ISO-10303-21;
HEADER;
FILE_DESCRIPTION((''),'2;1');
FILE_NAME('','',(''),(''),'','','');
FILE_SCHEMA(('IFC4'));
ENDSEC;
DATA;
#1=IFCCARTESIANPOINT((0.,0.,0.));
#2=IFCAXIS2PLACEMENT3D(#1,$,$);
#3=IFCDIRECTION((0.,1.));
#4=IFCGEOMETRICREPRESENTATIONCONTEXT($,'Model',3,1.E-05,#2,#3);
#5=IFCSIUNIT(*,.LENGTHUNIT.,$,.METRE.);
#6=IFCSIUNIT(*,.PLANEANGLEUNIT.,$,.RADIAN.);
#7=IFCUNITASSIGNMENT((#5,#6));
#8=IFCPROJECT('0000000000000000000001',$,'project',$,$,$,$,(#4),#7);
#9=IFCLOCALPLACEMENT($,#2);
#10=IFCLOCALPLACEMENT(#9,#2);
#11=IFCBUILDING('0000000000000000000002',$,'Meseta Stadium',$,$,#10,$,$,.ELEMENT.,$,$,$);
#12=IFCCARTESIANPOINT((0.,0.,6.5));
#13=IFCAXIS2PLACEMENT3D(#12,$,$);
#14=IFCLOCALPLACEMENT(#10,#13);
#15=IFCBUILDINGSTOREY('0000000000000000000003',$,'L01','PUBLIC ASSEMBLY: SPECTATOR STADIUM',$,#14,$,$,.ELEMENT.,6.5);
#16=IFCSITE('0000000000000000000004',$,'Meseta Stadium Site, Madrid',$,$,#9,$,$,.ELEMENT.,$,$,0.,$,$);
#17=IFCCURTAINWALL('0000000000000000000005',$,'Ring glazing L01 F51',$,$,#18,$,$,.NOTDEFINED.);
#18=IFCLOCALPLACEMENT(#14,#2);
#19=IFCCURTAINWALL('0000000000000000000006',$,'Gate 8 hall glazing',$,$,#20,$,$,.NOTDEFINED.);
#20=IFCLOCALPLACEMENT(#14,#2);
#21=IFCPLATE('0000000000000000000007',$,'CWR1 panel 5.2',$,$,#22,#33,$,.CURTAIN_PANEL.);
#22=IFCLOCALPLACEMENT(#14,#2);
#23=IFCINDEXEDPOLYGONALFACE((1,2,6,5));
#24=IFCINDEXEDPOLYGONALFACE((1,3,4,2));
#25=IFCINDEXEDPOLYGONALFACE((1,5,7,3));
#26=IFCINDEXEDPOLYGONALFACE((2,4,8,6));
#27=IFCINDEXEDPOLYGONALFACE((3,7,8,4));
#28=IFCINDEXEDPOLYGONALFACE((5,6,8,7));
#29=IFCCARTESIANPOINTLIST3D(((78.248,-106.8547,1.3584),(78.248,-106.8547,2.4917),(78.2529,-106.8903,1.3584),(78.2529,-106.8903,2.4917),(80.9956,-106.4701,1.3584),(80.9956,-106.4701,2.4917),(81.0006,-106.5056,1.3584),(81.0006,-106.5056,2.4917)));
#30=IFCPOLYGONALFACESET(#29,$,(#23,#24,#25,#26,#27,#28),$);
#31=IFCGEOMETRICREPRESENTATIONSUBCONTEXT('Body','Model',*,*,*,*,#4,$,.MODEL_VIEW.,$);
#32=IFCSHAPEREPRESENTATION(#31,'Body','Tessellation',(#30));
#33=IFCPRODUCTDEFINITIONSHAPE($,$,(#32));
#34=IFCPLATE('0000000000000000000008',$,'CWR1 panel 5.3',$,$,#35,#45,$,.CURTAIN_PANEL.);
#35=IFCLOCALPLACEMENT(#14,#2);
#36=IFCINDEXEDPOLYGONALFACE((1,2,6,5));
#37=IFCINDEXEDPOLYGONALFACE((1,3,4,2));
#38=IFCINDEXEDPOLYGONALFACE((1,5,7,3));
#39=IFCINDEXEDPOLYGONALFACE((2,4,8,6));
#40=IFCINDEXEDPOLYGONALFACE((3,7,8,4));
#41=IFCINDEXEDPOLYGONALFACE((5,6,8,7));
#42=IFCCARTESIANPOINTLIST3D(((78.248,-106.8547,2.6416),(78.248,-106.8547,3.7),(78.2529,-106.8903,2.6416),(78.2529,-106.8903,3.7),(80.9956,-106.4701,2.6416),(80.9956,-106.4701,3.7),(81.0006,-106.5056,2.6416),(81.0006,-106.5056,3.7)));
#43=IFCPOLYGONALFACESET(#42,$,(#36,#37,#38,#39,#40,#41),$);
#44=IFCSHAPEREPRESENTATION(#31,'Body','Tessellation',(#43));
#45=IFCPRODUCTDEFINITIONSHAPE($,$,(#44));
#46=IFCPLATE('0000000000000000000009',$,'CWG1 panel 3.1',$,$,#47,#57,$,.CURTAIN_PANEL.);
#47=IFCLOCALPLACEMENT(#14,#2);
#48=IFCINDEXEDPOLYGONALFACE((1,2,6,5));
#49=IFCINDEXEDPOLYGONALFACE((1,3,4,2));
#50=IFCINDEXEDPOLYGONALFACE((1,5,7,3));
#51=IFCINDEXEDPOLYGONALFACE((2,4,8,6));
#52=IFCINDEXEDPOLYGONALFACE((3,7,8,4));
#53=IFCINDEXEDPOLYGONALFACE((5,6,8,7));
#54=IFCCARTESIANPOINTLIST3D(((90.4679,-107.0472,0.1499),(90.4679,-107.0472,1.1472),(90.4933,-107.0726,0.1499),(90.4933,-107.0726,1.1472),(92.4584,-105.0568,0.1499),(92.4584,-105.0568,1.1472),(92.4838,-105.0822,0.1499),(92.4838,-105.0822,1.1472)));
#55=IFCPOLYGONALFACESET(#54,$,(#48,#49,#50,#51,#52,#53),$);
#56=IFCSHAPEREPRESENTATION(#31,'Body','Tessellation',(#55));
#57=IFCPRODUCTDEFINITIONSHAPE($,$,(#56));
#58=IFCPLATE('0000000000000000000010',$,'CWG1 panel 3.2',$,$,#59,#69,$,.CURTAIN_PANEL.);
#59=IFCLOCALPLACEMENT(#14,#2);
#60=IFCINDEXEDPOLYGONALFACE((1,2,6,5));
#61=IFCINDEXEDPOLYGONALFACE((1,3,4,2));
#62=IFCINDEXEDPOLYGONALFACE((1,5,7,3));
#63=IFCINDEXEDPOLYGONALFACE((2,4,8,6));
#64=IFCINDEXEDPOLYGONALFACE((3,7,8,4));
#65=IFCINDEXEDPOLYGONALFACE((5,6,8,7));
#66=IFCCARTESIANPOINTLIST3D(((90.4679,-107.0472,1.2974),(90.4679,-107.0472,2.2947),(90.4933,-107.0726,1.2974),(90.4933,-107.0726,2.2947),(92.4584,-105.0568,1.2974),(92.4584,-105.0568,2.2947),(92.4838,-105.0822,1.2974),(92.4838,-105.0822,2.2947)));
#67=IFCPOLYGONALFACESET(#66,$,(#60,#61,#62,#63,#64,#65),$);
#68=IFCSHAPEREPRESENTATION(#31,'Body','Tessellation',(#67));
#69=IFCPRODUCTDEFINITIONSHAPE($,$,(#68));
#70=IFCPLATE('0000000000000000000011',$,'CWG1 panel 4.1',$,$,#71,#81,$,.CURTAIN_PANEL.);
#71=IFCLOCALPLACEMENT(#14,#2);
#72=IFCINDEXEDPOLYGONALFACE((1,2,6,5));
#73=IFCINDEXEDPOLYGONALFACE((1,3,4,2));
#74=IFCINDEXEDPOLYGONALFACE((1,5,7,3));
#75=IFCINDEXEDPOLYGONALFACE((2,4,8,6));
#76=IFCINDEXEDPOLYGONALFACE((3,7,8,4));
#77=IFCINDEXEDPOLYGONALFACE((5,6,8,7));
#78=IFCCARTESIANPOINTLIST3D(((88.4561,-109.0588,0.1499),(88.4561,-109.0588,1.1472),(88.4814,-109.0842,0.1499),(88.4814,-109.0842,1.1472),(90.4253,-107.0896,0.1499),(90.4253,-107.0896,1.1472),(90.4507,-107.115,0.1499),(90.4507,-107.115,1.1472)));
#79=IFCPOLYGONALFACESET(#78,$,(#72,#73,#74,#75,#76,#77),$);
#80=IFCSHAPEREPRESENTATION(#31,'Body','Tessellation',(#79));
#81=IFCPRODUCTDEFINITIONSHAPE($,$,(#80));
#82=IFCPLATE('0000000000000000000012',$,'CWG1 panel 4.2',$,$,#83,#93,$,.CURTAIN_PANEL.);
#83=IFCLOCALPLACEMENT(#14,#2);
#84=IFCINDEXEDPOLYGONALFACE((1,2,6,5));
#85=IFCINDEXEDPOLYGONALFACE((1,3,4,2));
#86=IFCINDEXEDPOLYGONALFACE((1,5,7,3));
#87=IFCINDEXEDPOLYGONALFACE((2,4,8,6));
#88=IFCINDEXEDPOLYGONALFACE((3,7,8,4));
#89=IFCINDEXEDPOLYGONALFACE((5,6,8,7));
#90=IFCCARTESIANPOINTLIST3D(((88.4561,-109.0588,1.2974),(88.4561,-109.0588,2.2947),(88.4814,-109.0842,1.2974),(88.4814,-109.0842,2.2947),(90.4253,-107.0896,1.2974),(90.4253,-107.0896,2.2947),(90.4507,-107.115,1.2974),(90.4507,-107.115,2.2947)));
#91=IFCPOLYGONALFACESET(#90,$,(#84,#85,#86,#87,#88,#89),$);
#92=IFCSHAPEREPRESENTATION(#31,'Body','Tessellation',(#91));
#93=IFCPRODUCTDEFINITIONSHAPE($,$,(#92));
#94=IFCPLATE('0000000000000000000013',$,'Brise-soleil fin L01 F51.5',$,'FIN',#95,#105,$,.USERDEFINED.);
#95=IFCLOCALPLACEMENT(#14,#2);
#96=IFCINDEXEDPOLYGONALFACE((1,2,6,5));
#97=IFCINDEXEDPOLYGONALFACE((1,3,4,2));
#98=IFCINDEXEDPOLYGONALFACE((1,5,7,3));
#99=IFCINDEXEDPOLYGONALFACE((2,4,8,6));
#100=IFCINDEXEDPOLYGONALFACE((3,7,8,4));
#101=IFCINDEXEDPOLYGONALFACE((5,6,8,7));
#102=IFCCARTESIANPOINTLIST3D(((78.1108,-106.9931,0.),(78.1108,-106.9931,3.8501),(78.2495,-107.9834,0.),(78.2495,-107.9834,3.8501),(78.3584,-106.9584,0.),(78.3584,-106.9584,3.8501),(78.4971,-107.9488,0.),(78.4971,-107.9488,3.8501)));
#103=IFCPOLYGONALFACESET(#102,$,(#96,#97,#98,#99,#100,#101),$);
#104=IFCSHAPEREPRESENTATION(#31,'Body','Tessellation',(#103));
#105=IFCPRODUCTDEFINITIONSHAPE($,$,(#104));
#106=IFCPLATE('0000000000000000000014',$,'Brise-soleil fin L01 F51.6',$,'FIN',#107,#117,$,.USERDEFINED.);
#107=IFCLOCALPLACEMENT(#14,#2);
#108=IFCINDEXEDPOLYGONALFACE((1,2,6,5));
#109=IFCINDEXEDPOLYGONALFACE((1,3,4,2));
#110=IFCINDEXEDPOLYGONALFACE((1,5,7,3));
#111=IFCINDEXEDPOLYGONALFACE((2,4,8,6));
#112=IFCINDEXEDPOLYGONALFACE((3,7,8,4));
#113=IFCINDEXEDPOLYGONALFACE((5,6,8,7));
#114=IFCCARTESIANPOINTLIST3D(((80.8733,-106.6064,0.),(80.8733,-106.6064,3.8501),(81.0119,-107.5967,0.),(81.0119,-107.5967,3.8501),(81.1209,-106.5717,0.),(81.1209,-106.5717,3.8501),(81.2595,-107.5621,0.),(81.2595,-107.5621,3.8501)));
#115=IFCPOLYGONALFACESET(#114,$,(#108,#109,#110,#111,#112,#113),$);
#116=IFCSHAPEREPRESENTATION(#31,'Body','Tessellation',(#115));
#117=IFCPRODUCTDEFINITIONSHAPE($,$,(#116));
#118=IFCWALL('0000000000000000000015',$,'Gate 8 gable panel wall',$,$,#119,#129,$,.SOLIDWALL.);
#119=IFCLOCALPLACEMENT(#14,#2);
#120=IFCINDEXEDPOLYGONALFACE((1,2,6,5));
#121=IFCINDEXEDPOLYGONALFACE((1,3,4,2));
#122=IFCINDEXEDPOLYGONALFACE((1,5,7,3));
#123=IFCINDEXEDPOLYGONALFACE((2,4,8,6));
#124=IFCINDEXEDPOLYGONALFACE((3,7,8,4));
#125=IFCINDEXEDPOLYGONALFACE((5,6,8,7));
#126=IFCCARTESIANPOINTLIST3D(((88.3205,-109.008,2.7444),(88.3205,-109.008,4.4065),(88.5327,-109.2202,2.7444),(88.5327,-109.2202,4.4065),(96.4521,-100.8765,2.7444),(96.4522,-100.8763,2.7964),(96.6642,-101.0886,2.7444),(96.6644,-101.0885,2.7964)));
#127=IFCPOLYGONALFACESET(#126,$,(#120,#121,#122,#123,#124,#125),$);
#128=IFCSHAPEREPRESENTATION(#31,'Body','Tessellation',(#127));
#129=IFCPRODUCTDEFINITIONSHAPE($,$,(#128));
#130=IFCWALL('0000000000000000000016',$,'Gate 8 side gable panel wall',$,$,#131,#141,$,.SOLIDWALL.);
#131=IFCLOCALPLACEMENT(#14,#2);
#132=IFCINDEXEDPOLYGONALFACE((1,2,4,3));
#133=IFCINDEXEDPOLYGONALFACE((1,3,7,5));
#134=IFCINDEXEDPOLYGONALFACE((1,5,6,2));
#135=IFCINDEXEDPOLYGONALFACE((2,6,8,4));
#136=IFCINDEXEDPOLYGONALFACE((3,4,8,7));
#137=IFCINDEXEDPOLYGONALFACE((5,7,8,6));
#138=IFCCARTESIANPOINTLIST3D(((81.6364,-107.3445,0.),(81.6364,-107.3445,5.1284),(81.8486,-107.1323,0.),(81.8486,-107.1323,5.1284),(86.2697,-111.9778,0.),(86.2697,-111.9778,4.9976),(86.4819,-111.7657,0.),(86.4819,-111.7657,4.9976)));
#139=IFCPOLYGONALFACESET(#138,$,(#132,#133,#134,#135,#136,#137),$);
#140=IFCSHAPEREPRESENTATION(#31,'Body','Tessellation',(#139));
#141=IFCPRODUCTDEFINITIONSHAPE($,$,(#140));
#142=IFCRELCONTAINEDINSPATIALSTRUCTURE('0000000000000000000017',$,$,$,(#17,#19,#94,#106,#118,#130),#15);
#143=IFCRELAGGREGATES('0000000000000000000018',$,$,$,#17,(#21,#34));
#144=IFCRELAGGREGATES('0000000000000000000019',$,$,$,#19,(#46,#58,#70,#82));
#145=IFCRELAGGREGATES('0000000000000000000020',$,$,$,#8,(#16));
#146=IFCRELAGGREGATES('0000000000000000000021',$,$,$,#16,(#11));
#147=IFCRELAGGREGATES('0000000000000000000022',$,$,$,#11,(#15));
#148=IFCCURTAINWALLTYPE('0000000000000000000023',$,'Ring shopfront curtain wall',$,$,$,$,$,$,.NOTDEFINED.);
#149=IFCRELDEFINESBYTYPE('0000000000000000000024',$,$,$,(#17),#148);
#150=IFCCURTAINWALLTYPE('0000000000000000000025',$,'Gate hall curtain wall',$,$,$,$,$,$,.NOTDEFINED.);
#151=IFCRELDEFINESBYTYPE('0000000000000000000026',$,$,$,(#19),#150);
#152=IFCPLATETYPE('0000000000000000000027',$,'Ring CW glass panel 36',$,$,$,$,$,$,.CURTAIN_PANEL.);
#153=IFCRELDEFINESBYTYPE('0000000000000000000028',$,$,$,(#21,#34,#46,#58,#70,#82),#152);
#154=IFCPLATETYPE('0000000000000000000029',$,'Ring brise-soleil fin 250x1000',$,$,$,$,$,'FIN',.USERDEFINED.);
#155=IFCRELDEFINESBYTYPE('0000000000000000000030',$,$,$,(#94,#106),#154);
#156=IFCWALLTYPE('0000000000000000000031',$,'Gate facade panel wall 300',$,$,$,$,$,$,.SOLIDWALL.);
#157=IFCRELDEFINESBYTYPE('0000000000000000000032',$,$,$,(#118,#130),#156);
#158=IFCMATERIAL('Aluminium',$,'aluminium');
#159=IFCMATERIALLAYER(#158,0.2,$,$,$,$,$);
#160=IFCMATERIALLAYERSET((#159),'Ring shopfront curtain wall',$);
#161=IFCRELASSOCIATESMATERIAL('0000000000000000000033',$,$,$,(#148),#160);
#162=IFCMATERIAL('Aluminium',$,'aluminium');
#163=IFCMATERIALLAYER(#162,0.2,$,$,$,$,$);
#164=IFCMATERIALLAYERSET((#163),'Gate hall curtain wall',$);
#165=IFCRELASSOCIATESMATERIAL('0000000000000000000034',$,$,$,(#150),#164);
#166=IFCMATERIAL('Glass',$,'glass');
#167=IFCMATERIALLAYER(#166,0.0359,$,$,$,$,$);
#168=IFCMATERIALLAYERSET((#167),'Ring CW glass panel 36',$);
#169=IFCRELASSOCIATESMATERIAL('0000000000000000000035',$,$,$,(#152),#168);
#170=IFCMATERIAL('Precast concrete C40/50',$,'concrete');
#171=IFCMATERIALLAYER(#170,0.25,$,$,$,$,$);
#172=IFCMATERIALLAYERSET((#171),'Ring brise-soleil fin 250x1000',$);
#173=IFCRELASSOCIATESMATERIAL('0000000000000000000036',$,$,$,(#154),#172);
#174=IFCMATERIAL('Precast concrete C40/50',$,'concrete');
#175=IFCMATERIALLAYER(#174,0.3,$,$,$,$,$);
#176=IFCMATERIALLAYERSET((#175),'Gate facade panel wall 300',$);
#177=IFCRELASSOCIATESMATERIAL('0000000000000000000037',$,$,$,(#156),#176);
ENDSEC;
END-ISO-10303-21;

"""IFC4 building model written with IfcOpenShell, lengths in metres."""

from ifc_helpers import new_model, si_unit, direction, frame, origin, origin_2d, place, context, subcontext, project, spatial, polyline, rectangle, outline, extrude, material, layer, layer_set, type_object, element, aggregate, save


model = new_model("IFC4")

# Units and contexts
model_context = context("Model", 3, precision=1e-05, world=origin(), true_north=direction((0.0, 1.0)))
body_context = subcontext(model_context, "Body", "Model", "MODEL_VIEW")
ifc_project = project(units=[si_unit("LENGTHUNIT", "METRE"), si_unit("PLANEANGLEUNIT", "RADIAN")], contexts=[model_context])

# Site, building, storey
site_placement = place(None, origin())
site = spatial("IfcSite", under=ifc_project, at=site_placement, Name="Meseta Stadium Site, Madrid", CompositionType="ELEMENT", RefElevation=0.0)
building_placement = place(site_placement, origin())
building = spatial("IfcBuilding", under=site, at=building_placement, Name="Meseta Stadium", CompositionType="ELEMENT")
storey_placement = place(building_placement, frame((0.0, 0.0, 6.5)))
storey = spatial("IfcBuildingStorey", under=building, at=storey_placement, Name="L01", Description="PUBLIC ASSEMBLY: SPECTATOR STADIUM", CompositionType="ELEMENT", Elevation=6.5)

# Curtain walls
ifc_material_1 = material(Name="Aluminium", Category="aluminium")
ifc_layer_1 = layer(ifc_material_1, 0.2)
ifc_layer_set_1 = layer_set([ifc_layer_1], Name="Ring shopfront curtain wall")
curtain_wall_type_1 = type_object("IfcCurtainWallType", Name="Ring shopfront curtain wall", PredefinedType="NOTDEFINED", material=ifc_layer_set_1)
curtain_wall_1_placement = place(storey_placement, origin())
curtain_wall_1 = element("IfcCurtainWall", 1, at=curtain_wall_1_placement, inside=storey, type_object=curtain_wall_type_1, Name="Ring glazing L01 F51", PredefinedType="NOTDEFINED")
ifc_material_2 = material(Name="Aluminium", Category="aluminium")
ifc_layer_2 = layer(ifc_material_2, 0.2)
ifc_layer_set_2 = layer_set([ifc_layer_2], Name="Gate hall curtain wall")
curtain_wall_type_2 = type_object("IfcCurtainWallType", Name="Gate hall curtain wall", PredefinedType="NOTDEFINED", material=ifc_layer_set_2)
curtain_wall_2_placement = place(storey_placement, origin())
curtain_wall_2 = element("IfcCurtainWall", 2, at=curtain_wall_2_placement, inside=storey, type_object=curtain_wall_type_2, Name="Gate 8 hall glazing", PredefinedType="NOTDEFINED")

# Plates
ifc_material_3 = material(Name="Glass", Category="glass")
ifc_layer_3 = layer(ifc_material_3, 0.0359)
ifc_layer_set_3 = layer_set([ifc_layer_3], Name="Ring CW glass panel 36")
plate_type_1 = type_object("IfcPlateType", Name="Ring CW glass panel 36", PredefinedType="CURTAIN_PANEL", material=ifc_layer_set_3)
plate_1_placement = place(storey_placement, frame((79.6243, -106.6802, 1.3584), z_axis=(0.0, 0.0, 1.0), x_axis=(0.990342, 0.138643, 0.0)))
plate_1 = element("IfcPlate", 3, at=plate_1_placement, type_object=plate_type_1, Name="CWR1 panel 5.2", PredefinedType="CURTAIN_PANEL", context=body_context, shape_type="SweptSolid", body=[
    extrude(rectangle(XDim=2.7744, YDim=0.0359, at=origin_2d()), origin(), (0.0, 0.0, 1.0), 1.1333),
])
plate_2_placement = place(storey_placement, frame((79.6243, -106.6802, 2.6416), z_axis=(0.0, 0.0, 1.0), x_axis=(0.990342, 0.138643, 0.0)))
plate_2 = element("IfcPlate", 4, at=plate_2_placement, type_object=plate_type_1, Name="CWR1 panel 5.3", PredefinedType="CURTAIN_PANEL", context=body_context, shape_type="SweptSolid", body=[
    extrude(rectangle(XDim=2.7744, YDim=0.0359, at=origin_2d()), origin(), (0.0, 0.0, 1.0), 1.0583),
])
aggregate(curtain_wall_1, [plate_1, plate_2])
plate_3_placement = place(storey_placement, frame((91.4758, -106.0647, 0.1499), z_axis=(0.0, 0.0, 1.0), x_axis=(-0.707107, -0.707107, 0.0)))
plate_3 = element("IfcPlate", 5, at=plate_3_placement, type_object=plate_type_1, Name="CWG1 panel 3.1", PredefinedType="CURTAIN_PANEL", context=body_context, shape_type="SweptSolid", body=[
    extrude(rectangle(XDim=2.8149, YDim=0.0359, at=origin_2d()), origin(), (0.0, 0.0, 1.0), 0.9973),
])
plate_4_placement = place(storey_placement, frame((91.4758, -106.0647, 1.2974), z_axis=(0.0, 0.0, 1.0), x_axis=(-0.707107, -0.707107, 0.0)))
plate_4 = element("IfcPlate", 6, at=plate_4_placement, type_object=plate_type_1, Name="CWG1 panel 3.2", PredefinedType="CURTAIN_PANEL", context=body_context, shape_type="SweptSolid", body=[
    extrude(rectangle(XDim=2.8149, YDim=0.0359, at=origin_2d()), origin(), (0.0, 0.0, 1.0), 0.9973),
])
plate_5_placement = place(storey_placement, frame((89.4534, -108.0869, 0.1499), z_axis=(0.0, 0.0, 1.0), x_axis=(-0.707107, -0.707107, 0.0)))
plate_5 = element("IfcPlate", 7, at=plate_5_placement, type_object=plate_type_1, Name="CWG1 panel 4.1", PredefinedType="CURTAIN_PANEL", context=body_context, shape_type="SweptSolid", body=[
    extrude(rectangle(XDim=2.7849, YDim=0.0359, at=origin_2d()), origin(), (0.0, 0.0, 1.0), 0.9973),
])
plate_6_placement = place(storey_placement, frame((89.4534, -108.0869, 1.2974), z_axis=(0.0, 0.0, 1.0), x_axis=(-0.707107, -0.707107, 0.0)))
plate_6 = element("IfcPlate", 8, at=plate_6_placement, type_object=plate_type_1, Name="CWG1 panel 4.2", PredefinedType="CURTAIN_PANEL", context=body_context, shape_type="SweptSolid", body=[
    extrude(rectangle(XDim=2.7849, YDim=0.0359, at=origin_2d()), origin(), (0.0, 0.0, 1.0), 0.9973),
])
aggregate(curtain_wall_2, [plate_3, plate_4, plate_5, plate_6])

# Plates
ifc_material_4 = material(Name="Precast concrete C40/50", Category="concrete")
ifc_layer_4 = layer(ifc_material_4, 0.25)
ifc_layer_set_4 = layer_set([ifc_layer_4], Name="Ring brise-soleil fin 250x1000")
plate_type_2 = type_object("IfcPlateType", Name="Ring brise-soleil fin 250x1000", ElementType="FIN", PredefinedType="USERDEFINED", material=ifc_layer_set_4)
for number, where, z_axis, x_axis, name in (
    (9, (78.304, -107.4709, 0.0), (0.0, 0.0, 1.0), (0.990343, 0.138641, 0.0), "Brise-soleil fin L01 F51.5"),
    (10, (81.0664, -107.0842, 0.0), (0.0, 0.0, 1.0), (0.990343, 0.138641, 0.0), "Brise-soleil fin L01 F51.6"),
):
    element("IfcPlate", number, at=place(storey_placement, frame(where, z_axis=z_axis, x_axis=x_axis)), inside=storey, type_object=plate_type_2, Name=name, ObjectType="FIN", PredefinedType="USERDEFINED", context=body_context, shape_type="SweptSolid", body=[
        extrude(rectangle(XDim=0.25, YDim=1.0, at=origin_2d()), origin(), (0.0, 0.0, 1.0), 3.8501),
    ])

# Walls
ifc_material_5 = material(Name="Precast concrete C40/50", Category="concrete")
ifc_layer_5 = layer(ifc_material_5, 0.3)
ifc_layer_set_5 = layer_set([ifc_layer_5], Name="Gate facade panel wall 300")
wall_type = type_object("IfcWallType", Name="Gate facade panel wall 300", PredefinedType="SOLIDWALL", material=ifc_layer_set_5)
wall_1_placement = place(storey_placement, frame((88.4265, -109.114, 2.7444), z_axis=(0.0, 0.0, 1.0), x_axis=(0.707107, 0.707107, 0.0)))
element("IfcWall", 11, at=wall_1_placement, inside=storey, type_object=wall_type, Name="Gate 8 gable panel wall", PredefinedType="SOLIDWALL", context=body_context, shape_type="SweptSolid", body=[
    extrude(outline(polyline([(0.0, 0.0), (11.4998, 0.0), (11.5, 0.052), (0.0, 1.6621), (0.0, 0.0)])), frame((0.0, 0.1499, 0.0), z_axis=(0.0, -1.0, 0.0), x_axis=(1.0, 0.0, 0.0)), (0.0, 0.0, 1.0), 0.3),
])
wall_2_placement = place(storey_placement, frame((86.3757, -111.8718, 0.0), z_axis=(0.0, 0.0, 1.0), x_axis=(-0.707107, 0.707107, 0.0)))
element("IfcWall", 12, at=wall_2_placement, inside=storey, type_object=wall_type, Name="Gate 8 side gable panel wall", PredefinedType="SOLIDWALL", context=body_context, shape_type="SweptSolid", body=[
    extrude(outline(polyline([(0.0, 0.0), (6.5525, 0.0), (6.5525, 5.1284), (0.0, 4.9976), (0.0, 0.0)])), frame((0.0, 0.1499, 0.0), z_axis=(0.0, -1.0, 0.0), x_axis=(1.0, 0.0, 0.0)), (0.0, 0.0, 1.0), 0.3),
])

save(model, "model.ifc")
